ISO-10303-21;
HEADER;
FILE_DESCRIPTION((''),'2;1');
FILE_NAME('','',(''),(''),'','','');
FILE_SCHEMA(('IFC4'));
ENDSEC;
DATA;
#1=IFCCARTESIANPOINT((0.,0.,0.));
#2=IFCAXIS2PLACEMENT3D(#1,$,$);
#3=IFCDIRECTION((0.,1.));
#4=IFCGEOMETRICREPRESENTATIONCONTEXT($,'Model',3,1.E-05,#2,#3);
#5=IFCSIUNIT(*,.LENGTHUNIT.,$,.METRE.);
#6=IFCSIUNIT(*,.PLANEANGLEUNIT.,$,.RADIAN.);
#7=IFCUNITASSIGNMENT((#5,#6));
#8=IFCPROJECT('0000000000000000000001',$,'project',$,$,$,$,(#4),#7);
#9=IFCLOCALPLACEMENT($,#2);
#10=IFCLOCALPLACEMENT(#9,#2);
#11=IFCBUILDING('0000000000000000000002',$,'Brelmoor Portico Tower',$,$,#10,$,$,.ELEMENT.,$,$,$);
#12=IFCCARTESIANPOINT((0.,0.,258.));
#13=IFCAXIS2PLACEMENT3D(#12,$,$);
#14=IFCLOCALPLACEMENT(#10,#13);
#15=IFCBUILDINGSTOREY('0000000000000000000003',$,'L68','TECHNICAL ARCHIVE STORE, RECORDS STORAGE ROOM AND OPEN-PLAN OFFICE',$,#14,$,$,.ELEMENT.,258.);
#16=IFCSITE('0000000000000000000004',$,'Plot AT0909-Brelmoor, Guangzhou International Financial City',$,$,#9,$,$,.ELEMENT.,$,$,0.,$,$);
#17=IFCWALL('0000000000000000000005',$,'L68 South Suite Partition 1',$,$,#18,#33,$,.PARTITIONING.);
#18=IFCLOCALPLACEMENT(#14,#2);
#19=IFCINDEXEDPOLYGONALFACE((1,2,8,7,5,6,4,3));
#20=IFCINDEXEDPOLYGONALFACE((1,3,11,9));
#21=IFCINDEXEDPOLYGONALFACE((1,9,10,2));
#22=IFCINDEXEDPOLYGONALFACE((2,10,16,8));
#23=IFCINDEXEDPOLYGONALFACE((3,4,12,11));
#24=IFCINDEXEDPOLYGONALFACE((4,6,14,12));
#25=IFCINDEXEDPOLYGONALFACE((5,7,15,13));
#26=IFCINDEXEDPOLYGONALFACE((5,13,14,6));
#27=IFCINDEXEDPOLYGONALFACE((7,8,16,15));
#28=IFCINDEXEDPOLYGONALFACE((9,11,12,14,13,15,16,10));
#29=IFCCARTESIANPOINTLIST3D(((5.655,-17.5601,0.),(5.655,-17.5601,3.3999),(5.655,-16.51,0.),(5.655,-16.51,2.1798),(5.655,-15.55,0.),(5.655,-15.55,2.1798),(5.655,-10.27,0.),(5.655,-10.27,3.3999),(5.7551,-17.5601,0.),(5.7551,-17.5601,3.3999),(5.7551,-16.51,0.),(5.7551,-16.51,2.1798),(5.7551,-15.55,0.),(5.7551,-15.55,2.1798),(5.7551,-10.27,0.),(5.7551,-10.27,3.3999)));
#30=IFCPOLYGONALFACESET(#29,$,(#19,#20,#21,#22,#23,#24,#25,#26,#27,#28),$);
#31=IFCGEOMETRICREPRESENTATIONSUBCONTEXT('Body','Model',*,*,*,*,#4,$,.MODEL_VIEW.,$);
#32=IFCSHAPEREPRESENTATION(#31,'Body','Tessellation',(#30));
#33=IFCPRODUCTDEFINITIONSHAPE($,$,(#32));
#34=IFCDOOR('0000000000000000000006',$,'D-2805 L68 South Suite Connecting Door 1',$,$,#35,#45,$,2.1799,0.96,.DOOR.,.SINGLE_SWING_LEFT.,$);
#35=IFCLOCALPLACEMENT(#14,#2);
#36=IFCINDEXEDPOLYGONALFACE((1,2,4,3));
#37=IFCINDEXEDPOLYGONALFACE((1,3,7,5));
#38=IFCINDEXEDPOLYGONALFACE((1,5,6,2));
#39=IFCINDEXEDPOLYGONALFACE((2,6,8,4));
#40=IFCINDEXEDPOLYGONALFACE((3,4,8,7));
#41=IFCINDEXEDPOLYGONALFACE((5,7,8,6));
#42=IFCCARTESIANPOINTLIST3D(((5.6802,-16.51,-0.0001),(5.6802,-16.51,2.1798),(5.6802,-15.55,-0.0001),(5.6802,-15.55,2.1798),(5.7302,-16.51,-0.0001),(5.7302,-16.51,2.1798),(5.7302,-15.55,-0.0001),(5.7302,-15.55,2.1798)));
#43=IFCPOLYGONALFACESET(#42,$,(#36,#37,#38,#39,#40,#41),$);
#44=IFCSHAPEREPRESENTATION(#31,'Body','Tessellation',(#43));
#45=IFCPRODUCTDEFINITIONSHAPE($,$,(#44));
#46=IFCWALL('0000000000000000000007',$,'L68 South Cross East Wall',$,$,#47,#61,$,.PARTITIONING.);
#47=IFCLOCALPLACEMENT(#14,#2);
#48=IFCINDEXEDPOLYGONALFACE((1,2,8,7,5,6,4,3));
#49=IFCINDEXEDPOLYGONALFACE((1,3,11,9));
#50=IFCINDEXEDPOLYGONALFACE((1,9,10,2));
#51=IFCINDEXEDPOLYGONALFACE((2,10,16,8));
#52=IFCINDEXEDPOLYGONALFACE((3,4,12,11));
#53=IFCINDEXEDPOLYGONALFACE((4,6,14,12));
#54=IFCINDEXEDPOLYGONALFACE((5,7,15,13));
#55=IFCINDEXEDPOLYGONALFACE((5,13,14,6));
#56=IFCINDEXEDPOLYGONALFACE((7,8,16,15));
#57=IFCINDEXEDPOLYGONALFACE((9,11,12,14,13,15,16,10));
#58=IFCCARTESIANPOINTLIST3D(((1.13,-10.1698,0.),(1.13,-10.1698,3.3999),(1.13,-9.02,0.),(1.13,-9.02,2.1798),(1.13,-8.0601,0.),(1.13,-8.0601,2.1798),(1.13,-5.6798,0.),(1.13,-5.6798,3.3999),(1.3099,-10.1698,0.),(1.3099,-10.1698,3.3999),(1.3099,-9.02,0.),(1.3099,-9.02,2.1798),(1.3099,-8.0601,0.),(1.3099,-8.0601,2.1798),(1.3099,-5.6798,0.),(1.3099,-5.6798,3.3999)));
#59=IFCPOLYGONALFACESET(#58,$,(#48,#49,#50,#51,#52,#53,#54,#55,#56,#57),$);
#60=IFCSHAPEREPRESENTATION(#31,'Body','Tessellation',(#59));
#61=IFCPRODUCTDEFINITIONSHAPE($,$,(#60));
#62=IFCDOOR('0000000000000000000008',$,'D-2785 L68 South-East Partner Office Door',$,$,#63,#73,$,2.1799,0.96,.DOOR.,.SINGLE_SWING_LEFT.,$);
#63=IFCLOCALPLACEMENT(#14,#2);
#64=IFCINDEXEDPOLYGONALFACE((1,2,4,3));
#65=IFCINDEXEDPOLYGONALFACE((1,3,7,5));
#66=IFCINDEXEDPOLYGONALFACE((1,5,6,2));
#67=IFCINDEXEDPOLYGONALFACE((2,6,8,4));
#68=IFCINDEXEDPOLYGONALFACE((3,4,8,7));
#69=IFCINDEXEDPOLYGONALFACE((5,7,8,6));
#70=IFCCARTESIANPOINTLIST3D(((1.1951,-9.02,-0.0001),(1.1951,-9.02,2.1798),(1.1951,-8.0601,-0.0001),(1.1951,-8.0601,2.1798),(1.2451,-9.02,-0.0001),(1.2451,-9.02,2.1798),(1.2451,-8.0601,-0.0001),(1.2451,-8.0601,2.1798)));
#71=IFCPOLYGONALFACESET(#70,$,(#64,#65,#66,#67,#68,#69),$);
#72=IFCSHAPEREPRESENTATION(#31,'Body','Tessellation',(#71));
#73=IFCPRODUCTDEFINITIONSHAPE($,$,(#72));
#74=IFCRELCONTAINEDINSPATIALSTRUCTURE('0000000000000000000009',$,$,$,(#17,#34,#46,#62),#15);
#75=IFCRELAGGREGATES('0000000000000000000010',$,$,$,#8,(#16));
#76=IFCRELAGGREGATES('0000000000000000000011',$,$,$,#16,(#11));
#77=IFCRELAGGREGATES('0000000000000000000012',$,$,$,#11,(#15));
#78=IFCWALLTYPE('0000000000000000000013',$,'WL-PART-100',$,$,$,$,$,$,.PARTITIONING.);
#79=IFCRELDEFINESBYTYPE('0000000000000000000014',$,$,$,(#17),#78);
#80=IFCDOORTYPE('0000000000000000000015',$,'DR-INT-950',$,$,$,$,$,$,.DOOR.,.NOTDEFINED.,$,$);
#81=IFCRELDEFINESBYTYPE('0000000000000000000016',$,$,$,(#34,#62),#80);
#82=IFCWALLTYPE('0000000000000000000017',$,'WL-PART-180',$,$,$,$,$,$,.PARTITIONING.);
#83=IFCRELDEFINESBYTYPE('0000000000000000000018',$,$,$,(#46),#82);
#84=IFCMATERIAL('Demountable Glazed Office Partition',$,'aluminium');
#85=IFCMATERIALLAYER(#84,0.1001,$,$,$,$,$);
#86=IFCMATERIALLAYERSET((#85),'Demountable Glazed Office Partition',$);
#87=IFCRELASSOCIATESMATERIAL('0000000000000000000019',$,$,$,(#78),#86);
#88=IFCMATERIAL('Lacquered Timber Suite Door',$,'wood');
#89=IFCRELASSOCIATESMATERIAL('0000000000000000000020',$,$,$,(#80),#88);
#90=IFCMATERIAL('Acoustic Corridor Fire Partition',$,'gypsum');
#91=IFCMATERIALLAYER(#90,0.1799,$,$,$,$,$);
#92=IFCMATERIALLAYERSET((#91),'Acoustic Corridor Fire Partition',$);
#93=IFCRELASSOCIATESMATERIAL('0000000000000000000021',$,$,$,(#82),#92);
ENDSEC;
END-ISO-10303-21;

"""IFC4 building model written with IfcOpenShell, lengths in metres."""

from ifc_helpers import new_model, si_unit, direction, frame, frame_2d, origin, place, context, subcontext, project, spatial, rectangle, extrude, material, layer, layer_set, type_object, element, fill, save


model = new_model("IFC4")

# Units and contexts
model_context = context("Model", 3, precision=1e-05, world=origin(), true_north=direction((0.0, 1.0)))
body_context = subcontext(model_context, "Body", "Model", "MODEL_VIEW")
ifc_project = project(units=[si_unit("LENGTHUNIT", "METRE"), si_unit("PLANEANGLEUNIT", "RADIAN")], contexts=[model_context])

# Site, building, storey
site_placement = place(None, origin())
site = spatial("IfcSite", under=ifc_project, at=site_placement, Name="Plot AT0909-Brelmoor, Guangzhou International Financial City", CompositionType="ELEMENT", RefElevation=0.0)
building_placement = place(site_placement, origin())
building = spatial("IfcBuilding", under=site, at=building_placement, Name="Brelmoor Portico Tower", CompositionType="ELEMENT")
storey_placement = place(building_placement, frame((0.0, 0.0, 258.0)))
storey = spatial("IfcBuildingStorey", under=building, at=storey_placement, Name="L68", Description="TECHNICAL ARCHIVE STORE, RECORDS STORAGE ROOM AND OPEN-PLAN OFFICE", CompositionType="ELEMENT", Elevation=258.0)

# Walls, openings, doors
ifc_material_1 = material(Name="Demountable Glazed Office Partition", Category="aluminium")
ifc_layer_1 = layer(ifc_material_1, 0.1001)
ifc_layer_set_1 = layer_set([ifc_layer_1], Name="Demountable Glazed Office Partition")
wall_type_1 = type_object("IfcWallType", Name="WL-PART-100", PredefinedType="PARTITIONING", material=ifc_layer_set_1)
wall_1_placement = place(storey_placement, frame((5.7051, -17.5601, 0.0), z_axis=(0.0, 0.0, 1.0), x_axis=(0.0, 1.0, 0.0)))
wall_1 = element("IfcWall", 1, at=wall_1_placement, inside=storey, type_object=wall_type_1, Name="L68 South Suite Partition 1", PredefinedType="PARTITIONING", context=body_context, shape_type="SweptSolid", body=[
    extrude(rectangle(XDim=7.29, YDim=0.1001, at=frame_2d((3.645, 0.0))), origin(), (0.0, 0.0, 1.0), 3.3999),
])
opening_1_placement = place(wall_1_placement, frame((1.05, 0.0, 0.0)))
opening_1 = element("IfcOpeningElement", 2, at=opening_1_placement, cuts=wall_1, PredefinedType="OPENING", context=body_context, shape_type="SweptSolid", body=[
    extrude(rectangle(XDim=0.96, YDim=2.1799, at=frame_2d((0.48, 1.0898))), frame((0.0, 0.0601, 0.0), z_axis=(0.0, -1.0, 0.0), x_axis=(1.0, 0.0, 0.0)), (0.0, 0.0, 1.0), 0.1201),
])
ifc_material_2 = material(Name="Lacquered Timber Suite Door", Category="wood")
door_type = type_object("IfcDoorType", Name="DR-INT-950", OperationType="NOTDEFINED", PredefinedType="DOOR", material=ifc_material_2)
door_1_placement = place(opening_1_placement, origin())
door_1 = element("IfcDoor", 3, at=door_1_placement, inside=storey, type_object=door_type, Name="D-2805 L68 South Suite Connecting Door 1", OperationType="SINGLE_SWING_LEFT", OverallHeight=2.1799, OverallWidth=0.96, PredefinedType="DOOR", context=body_context, shape_type="SweptSolid", body=[
    extrude(rectangle(XDim=0.96, YDim=2.1799, at=frame_2d((0.48, 1.0898))), frame((0.0, 0.0249, 0.0), z_axis=(0.0, -1.0, 0.0), x_axis=(1.0, 0.0, 0.0)), (0.0, 0.0, 1.0), 0.05),
])
fill(opening_1, door_1)
ifc_material_3 = material(Name="Acoustic Corridor Fire Partition", Category="gypsum")
ifc_layer_2 = layer(ifc_material_3, 0.1799)
ifc_layer_set_2 = layer_set([ifc_layer_2], Name="Acoustic Corridor Fire Partition")
wall_type_2 = type_object("IfcWallType", Name="WL-PART-180", PredefinedType="PARTITIONING", material=ifc_layer_set_2)
wall_2_placement = place(storey_placement, frame((1.22, -10.1699, 0.0), z_axis=(0.0, 0.0, 1.0), x_axis=(0.0, 1.0, 0.0)))
wall_2 = element("IfcWall", 4, at=wall_2_placement, inside=storey, type_object=wall_type_2, Name="L68 South Cross East Wall", PredefinedType="PARTITIONING", context=body_context, shape_type="SweptSolid", body=[
    extrude(rectangle(XDim=4.49, YDim=0.1799, at=frame_2d((2.2451, 0.0))), origin(), (0.0, 0.0, 1.0), 3.3999),
])
opening_2_placement = place(wall_2_placement, frame((1.1499, 0.0, 0.0)))
opening_2 = element("IfcOpeningElement", 5, at=opening_2_placement, cuts=wall_2, PredefinedType="OPENING", context=body_context, shape_type="SweptSolid", body=[
    extrude(rectangle(XDim=0.96, YDim=2.1799, at=frame_2d((0.48, 1.0898))), frame((0.0, 0.0999, 0.0), z_axis=(0.0, -1.0, 0.0), x_axis=(1.0, 0.0, 0.0)), (0.0, 0.0, 1.0), 0.2),
])
door_2_placement = place(opening_2_placement, origin())
door_2 = element("IfcDoor", 6, at=door_2_placement, inside=storey, type_object=door_type, Name="D-2785 L68 South-East Partner Office Door", OperationType="SINGLE_SWING_LEFT", OverallHeight=2.1799, OverallWidth=0.96, PredefinedType="DOOR", context=body_context, shape_type="SweptSolid", body=[
    extrude(rectangle(XDim=0.96, YDim=2.1799, at=frame_2d((0.48, 1.0898))), frame((0.0, 0.0249, 0.0), z_axis=(0.0, -1.0, 0.0), x_axis=(1.0, 0.0, 0.0)), (0.0, 0.0, 1.0), 0.05),
])
fill(opening_2, door_2)

save(model, "model.ifc")
